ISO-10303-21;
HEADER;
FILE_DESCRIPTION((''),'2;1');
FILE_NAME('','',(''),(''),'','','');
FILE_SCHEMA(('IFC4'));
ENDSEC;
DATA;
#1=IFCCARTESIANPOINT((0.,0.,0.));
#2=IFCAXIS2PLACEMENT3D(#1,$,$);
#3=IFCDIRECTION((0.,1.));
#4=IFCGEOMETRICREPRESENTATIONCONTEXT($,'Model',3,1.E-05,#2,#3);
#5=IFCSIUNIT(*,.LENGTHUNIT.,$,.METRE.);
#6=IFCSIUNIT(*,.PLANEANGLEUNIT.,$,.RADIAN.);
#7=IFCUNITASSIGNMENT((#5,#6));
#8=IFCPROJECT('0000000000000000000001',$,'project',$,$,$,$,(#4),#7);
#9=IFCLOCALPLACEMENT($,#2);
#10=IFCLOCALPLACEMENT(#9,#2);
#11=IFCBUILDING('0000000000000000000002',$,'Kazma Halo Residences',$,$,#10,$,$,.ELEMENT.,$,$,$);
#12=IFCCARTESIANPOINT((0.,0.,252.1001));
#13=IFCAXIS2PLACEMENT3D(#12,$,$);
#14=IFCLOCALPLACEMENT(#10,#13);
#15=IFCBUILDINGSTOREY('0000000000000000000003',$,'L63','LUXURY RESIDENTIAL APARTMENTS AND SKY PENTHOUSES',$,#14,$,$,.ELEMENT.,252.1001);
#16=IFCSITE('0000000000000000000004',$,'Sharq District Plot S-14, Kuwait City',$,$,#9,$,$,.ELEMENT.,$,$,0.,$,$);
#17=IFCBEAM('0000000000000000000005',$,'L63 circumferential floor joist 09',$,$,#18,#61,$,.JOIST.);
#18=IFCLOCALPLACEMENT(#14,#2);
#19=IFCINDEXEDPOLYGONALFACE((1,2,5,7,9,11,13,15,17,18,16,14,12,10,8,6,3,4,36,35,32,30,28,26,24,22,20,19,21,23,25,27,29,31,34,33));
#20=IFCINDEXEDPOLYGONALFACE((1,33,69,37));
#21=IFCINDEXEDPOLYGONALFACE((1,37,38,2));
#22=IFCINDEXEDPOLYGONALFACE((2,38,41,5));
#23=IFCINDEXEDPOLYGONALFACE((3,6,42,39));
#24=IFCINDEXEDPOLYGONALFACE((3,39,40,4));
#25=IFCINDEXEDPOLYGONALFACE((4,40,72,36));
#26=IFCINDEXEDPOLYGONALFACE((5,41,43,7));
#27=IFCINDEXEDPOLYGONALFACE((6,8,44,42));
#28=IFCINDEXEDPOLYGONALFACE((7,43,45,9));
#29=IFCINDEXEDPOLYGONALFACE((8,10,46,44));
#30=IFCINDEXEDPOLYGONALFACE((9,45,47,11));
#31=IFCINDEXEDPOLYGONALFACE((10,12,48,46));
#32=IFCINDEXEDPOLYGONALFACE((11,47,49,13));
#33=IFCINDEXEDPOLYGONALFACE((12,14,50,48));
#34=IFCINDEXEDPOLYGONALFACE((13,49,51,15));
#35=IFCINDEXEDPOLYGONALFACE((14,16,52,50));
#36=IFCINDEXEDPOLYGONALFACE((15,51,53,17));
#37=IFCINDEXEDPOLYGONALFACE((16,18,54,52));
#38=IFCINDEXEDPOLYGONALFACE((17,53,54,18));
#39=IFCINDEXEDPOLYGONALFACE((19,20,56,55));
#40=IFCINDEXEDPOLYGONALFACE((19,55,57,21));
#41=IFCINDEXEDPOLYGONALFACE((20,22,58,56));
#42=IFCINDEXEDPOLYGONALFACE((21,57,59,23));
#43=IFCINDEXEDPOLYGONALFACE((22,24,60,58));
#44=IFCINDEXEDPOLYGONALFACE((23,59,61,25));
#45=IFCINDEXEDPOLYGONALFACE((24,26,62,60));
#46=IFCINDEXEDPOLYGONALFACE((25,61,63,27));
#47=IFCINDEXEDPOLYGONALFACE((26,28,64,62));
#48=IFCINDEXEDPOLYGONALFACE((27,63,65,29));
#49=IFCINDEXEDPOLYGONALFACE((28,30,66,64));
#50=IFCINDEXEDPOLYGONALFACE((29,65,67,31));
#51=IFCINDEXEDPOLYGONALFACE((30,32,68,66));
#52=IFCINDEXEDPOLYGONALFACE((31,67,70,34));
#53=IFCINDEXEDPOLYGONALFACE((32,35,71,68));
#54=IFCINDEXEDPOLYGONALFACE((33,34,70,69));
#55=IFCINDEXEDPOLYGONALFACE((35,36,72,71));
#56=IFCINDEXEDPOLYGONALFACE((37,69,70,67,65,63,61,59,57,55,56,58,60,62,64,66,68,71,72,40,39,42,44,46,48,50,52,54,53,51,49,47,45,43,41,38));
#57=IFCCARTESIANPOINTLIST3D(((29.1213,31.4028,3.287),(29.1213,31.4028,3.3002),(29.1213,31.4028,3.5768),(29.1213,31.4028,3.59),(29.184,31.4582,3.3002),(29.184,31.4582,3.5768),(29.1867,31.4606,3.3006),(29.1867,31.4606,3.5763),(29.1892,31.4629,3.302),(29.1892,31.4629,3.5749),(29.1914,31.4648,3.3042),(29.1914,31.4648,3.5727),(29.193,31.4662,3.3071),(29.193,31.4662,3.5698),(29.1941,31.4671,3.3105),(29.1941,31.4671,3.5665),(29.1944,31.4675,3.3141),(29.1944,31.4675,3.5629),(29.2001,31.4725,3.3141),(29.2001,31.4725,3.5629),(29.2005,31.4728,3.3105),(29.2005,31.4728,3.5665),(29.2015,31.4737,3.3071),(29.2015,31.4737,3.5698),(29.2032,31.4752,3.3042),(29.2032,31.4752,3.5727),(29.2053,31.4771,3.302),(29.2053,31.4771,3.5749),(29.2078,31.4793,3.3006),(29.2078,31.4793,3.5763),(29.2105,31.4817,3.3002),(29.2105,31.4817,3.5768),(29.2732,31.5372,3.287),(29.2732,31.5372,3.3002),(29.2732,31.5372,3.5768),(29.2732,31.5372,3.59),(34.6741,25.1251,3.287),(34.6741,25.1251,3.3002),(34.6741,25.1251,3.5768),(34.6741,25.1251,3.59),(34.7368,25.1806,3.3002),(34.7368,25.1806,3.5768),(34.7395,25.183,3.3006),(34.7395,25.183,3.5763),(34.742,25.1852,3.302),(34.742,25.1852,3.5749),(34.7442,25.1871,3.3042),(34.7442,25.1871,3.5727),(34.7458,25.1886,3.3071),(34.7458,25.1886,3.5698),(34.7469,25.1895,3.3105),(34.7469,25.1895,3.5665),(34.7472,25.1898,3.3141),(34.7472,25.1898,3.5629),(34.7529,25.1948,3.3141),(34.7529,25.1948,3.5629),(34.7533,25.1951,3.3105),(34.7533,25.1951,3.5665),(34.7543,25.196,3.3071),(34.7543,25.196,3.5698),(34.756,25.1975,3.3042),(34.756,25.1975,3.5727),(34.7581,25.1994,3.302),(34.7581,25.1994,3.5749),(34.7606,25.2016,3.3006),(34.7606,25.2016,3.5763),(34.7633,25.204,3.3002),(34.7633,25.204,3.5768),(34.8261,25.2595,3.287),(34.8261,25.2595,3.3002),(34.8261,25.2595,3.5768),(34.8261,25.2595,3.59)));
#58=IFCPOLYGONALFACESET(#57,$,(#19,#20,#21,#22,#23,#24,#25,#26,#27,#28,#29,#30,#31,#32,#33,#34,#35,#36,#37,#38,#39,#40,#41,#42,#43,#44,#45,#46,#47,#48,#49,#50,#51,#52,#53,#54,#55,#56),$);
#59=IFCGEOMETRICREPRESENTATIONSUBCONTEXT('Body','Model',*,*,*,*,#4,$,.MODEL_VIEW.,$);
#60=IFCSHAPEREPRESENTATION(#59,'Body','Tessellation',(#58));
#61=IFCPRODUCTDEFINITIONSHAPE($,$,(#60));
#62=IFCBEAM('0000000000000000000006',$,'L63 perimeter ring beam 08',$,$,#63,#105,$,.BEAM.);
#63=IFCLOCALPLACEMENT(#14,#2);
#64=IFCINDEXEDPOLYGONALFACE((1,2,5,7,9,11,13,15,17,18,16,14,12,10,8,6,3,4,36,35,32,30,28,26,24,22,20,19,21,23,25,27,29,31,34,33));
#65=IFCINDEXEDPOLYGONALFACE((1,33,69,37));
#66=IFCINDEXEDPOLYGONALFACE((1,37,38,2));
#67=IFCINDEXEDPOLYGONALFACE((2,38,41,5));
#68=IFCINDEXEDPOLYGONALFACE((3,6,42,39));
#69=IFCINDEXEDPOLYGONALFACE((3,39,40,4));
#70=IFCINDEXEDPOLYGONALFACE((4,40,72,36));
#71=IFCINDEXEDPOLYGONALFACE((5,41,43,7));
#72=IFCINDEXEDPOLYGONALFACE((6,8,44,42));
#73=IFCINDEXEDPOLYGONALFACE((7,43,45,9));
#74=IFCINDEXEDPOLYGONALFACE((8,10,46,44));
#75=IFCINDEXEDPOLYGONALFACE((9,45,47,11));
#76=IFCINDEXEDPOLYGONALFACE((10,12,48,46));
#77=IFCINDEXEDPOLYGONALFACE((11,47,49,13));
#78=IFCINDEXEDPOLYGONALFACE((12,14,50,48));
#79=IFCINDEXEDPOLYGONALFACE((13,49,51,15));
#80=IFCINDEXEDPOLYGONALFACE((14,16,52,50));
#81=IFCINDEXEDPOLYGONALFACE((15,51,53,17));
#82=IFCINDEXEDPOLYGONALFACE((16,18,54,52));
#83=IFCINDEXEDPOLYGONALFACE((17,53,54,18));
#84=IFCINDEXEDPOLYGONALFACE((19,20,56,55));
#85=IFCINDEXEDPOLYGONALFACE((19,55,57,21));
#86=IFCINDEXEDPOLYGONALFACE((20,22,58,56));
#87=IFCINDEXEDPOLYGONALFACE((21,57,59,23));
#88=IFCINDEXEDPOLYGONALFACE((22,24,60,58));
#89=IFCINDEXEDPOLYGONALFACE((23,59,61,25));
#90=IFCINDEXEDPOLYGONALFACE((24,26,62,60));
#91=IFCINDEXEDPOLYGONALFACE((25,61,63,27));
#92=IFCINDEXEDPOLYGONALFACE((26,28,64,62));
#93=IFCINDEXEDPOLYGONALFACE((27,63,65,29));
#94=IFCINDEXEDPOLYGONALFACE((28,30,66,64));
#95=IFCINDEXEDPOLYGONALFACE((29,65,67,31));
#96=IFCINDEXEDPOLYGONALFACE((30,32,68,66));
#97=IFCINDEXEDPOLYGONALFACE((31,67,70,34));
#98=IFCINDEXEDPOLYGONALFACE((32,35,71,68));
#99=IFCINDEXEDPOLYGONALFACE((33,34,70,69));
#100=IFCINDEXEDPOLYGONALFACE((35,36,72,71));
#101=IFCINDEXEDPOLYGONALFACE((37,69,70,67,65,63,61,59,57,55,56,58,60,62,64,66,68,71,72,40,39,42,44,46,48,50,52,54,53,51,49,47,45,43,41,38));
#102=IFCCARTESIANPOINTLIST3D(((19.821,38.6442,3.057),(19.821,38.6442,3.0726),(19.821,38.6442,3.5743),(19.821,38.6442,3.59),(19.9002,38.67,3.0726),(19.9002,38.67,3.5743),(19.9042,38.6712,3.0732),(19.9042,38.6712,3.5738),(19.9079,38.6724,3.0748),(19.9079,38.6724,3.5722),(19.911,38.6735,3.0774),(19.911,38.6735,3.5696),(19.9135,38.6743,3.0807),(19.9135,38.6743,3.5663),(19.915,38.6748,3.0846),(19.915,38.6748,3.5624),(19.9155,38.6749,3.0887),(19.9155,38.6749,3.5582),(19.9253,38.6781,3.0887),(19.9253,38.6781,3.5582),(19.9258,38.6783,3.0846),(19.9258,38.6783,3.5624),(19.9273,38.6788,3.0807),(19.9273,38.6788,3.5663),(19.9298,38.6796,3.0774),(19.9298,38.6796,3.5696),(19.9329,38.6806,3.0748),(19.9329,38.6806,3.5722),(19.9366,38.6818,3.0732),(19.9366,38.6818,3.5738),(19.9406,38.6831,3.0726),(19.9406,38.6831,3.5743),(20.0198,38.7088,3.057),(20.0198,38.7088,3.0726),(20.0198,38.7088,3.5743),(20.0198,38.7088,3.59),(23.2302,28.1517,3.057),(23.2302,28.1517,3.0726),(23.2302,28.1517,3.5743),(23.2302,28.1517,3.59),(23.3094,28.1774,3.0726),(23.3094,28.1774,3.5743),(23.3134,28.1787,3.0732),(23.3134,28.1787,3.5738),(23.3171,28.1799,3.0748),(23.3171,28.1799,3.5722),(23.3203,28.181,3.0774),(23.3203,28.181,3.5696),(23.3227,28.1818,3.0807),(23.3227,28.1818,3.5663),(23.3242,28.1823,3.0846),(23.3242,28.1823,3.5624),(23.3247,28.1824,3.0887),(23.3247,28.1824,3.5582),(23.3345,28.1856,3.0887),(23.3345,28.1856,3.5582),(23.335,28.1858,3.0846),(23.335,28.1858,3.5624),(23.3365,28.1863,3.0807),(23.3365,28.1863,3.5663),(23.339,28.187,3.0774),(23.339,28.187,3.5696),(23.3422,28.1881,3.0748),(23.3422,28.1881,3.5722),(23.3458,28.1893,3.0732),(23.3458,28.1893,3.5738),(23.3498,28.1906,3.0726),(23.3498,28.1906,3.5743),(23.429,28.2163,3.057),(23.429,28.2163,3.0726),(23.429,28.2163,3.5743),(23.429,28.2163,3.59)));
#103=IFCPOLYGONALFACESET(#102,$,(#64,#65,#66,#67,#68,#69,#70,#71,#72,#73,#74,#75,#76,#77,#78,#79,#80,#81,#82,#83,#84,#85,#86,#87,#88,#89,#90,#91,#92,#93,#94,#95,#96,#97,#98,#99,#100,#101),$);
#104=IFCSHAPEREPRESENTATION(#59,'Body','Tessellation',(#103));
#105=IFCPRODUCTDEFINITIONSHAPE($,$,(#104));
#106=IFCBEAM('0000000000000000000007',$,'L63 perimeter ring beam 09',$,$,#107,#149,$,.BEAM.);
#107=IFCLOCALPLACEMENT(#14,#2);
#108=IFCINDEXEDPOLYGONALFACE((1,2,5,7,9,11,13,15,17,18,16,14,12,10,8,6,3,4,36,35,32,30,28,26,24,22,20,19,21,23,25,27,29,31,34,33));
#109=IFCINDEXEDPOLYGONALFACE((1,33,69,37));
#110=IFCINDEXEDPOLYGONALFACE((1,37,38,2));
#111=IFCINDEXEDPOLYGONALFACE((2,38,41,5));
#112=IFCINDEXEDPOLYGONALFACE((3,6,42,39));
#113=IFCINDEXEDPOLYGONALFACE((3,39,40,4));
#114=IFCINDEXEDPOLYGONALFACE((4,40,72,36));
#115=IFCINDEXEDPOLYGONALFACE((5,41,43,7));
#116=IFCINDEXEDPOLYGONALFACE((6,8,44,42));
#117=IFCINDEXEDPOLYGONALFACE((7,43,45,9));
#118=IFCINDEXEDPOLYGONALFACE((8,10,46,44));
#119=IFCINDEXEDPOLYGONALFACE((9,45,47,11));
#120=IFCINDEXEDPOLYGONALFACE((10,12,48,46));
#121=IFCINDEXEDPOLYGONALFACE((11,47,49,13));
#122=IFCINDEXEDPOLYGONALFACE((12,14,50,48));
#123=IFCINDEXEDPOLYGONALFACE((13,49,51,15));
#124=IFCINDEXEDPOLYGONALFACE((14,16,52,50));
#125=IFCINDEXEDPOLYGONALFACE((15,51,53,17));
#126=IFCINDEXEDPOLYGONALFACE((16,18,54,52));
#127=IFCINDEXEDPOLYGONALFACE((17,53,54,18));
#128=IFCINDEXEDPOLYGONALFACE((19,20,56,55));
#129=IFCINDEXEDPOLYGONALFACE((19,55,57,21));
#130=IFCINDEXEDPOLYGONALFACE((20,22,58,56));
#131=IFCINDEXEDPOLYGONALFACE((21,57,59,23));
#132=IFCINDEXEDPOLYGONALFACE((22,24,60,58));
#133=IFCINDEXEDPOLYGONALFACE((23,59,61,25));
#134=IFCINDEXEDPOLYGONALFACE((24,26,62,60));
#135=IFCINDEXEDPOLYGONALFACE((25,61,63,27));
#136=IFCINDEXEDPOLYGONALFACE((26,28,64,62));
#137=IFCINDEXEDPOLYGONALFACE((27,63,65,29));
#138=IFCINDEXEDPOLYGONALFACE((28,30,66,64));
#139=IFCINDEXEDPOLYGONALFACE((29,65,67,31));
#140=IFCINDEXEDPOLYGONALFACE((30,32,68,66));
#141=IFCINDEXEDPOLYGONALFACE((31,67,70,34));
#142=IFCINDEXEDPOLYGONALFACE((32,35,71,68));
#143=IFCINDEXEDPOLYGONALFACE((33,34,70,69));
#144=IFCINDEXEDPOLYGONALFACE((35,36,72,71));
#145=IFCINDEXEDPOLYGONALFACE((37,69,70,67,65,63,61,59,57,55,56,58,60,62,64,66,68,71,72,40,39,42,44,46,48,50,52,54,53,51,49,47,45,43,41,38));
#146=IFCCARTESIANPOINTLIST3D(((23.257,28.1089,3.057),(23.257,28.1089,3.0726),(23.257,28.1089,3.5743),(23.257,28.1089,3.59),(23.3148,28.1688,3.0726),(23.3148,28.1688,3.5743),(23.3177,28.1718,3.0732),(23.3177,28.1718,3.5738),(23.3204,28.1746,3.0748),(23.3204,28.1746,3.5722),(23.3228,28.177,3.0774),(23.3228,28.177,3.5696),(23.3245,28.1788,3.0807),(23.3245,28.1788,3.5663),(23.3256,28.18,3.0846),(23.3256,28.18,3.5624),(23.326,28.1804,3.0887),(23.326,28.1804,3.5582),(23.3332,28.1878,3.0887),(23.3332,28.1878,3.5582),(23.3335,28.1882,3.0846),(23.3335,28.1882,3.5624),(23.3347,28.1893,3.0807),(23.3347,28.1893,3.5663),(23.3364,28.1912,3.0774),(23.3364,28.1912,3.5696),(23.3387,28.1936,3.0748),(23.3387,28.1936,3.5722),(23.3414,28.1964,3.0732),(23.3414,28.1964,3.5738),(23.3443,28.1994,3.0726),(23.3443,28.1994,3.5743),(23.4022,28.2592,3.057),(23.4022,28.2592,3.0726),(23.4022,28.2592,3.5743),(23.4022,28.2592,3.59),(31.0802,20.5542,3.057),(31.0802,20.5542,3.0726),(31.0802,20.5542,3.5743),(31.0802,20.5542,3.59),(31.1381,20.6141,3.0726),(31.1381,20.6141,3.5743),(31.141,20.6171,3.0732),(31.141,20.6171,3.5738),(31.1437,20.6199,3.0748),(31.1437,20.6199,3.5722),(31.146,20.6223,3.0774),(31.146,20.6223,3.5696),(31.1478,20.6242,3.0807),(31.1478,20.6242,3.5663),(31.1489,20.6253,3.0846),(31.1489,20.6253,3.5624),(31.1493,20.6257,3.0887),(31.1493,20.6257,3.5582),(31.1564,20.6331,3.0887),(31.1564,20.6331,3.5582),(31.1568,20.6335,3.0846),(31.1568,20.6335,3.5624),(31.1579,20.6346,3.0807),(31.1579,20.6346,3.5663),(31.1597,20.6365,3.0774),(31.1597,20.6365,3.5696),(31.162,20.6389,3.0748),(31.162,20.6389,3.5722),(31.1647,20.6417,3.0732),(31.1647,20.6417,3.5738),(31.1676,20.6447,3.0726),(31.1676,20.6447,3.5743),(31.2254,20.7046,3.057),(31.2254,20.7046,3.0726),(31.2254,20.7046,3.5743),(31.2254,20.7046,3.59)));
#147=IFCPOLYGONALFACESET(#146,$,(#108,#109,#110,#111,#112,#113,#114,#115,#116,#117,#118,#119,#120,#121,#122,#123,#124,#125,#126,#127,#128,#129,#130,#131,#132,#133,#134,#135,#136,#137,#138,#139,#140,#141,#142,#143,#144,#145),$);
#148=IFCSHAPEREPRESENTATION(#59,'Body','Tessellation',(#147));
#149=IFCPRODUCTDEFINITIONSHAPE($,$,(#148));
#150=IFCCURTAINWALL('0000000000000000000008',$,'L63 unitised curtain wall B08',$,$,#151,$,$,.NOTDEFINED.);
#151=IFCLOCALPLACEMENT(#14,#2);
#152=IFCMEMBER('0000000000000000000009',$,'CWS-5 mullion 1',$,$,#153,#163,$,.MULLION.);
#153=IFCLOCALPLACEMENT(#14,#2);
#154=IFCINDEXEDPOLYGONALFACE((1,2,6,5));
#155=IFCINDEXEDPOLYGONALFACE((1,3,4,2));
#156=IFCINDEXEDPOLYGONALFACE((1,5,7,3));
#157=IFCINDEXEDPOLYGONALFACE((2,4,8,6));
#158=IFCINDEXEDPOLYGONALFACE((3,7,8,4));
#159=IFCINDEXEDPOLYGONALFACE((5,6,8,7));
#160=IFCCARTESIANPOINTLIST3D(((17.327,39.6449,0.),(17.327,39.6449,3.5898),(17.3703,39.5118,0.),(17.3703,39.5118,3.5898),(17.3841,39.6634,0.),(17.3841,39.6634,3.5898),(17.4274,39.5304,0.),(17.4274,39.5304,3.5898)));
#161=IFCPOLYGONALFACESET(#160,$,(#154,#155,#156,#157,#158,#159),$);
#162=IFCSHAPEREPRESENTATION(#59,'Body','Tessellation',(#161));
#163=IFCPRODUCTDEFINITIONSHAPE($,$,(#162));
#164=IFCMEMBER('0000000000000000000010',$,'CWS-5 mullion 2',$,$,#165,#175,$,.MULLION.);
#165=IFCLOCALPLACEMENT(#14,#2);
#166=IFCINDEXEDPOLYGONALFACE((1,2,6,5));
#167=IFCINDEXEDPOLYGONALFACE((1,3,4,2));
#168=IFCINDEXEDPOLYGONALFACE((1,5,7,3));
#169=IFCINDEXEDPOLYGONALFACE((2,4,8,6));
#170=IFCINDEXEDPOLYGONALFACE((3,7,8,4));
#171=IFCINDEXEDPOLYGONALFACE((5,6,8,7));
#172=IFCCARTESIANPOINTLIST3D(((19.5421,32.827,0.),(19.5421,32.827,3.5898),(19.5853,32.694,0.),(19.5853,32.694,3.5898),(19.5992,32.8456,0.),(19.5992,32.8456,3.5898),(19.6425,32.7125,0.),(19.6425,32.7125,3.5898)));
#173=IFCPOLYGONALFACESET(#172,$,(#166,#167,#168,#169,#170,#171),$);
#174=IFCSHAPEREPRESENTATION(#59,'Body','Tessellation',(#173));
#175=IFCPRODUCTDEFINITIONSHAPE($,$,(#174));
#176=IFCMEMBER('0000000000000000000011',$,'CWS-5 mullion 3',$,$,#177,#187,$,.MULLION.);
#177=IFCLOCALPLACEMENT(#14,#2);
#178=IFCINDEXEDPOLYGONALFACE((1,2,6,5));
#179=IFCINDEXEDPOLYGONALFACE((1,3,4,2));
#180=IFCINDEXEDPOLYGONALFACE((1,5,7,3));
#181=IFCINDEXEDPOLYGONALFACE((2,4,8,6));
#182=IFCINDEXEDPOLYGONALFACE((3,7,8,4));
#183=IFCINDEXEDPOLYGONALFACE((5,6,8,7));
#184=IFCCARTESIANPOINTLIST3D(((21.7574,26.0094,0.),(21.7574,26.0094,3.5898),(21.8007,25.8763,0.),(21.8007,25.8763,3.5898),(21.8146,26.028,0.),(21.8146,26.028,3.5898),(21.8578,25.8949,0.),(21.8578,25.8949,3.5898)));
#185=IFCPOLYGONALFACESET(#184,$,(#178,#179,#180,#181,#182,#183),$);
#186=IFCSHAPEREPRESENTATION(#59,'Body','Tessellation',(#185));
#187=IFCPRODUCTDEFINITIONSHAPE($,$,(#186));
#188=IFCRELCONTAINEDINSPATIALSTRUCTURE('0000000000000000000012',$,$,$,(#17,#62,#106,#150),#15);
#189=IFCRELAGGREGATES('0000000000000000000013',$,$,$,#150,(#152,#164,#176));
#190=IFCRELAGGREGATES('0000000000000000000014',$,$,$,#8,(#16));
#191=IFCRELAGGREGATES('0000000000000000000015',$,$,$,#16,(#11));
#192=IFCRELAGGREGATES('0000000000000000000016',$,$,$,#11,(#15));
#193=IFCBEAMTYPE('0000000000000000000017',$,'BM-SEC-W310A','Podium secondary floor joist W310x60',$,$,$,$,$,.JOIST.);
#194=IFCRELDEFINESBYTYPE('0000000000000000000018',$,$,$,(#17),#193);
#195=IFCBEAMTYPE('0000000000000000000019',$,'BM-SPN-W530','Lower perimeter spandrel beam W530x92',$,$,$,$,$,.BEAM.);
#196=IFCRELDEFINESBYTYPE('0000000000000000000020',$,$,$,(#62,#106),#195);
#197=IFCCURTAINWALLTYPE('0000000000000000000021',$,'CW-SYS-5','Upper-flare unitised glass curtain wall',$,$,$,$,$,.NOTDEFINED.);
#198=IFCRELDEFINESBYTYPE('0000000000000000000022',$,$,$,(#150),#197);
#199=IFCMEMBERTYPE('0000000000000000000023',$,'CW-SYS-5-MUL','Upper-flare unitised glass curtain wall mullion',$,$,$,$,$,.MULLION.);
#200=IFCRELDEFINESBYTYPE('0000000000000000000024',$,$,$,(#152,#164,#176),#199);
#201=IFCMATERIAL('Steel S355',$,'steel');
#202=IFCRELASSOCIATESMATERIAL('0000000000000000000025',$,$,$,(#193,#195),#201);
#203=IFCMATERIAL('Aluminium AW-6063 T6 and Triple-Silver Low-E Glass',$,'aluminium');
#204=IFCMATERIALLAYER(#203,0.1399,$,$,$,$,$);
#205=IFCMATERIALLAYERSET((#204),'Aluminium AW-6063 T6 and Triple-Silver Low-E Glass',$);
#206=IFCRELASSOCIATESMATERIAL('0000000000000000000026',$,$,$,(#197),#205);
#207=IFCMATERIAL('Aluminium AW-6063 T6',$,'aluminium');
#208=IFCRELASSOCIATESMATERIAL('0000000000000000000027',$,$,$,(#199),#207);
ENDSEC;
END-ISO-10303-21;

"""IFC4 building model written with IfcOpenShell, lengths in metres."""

from ifc_helpers import new_model, si_unit, direction, frame, origin, origin_2d, place, context, subcontext, project, spatial, rectangle, i_section, extrude, material, layer, layer_set, material_profile, profile_set, type_object, element, aggregate, save


model = new_model("IFC4")

# Units and contexts
model_context = context("Model", 3, precision=1e-05, world=origin(), true_north=direction((0.0, 1.0)))
body_context = subcontext(model_context, "Body", "Model", "MODEL_VIEW")
ifc_project = project(units=[si_unit("LENGTHUNIT", "METRE"), si_unit("PLANEANGLEUNIT", "RADIAN")], contexts=[model_context])

# Site, building, storey
site_placement = place(None, origin())
site = spatial("IfcSite", under=ifc_project, at=site_placement, Name="Sharq District Plot S-14, Kuwait City", CompositionType="ELEMENT", RefElevation=0.0)
building_placement = place(site_placement, origin())
building = spatial("IfcBuilding", under=site, at=building_placement, Name="Kazma Halo Residences", CompositionType="ELEMENT")
storey_placement = place(building_placement, frame((0.0, 0.0, 252.1001)))
storey = spatial("IfcBuildingStorey", under=building, at=storey_placement, Name="L63", Description="LUXURY RESIDENTIAL APARTMENTS AND SKY PENTHOUSES", CompositionType="ELEMENT", Elevation=252.1001)

# Beams
ifc_material_1 = material(Name="Steel S355", Category="steel")
ifc_material_profile_1 = material_profile(ifc_material_1, i_section(OverallWidth=0.2029, OverallDepth=0.303, WebThickness=0.0076, FlangeThickness=0.0132, FilletRadius=0.0139, at=origin_2d()), Name="W310x60")
ifc_profile_set_1 = profile_set([ifc_material_profile_1], Name="Steel S355")
beam_type_1 = type_object("IfcBeamType", Name="BM-SEC-W310A", Description="Podium secondary floor joist W310x60", PredefinedType="JOIST", material=ifc_profile_set_1)
beam_1_placement = place(storey_placement, frame((29.1973, 31.47, 3.4385), z_axis=(0.662539, -0.749027, 0.0), x_axis=(0.749027, 0.662539, 0.0)))
element("IfcBeam", 1, at=beam_1_placement, inside=storey, type_object=beam_type_1, Name="L63 circumferential floor joist 09", PredefinedType="JOIST", context=body_context, shape_type="SweptSolid", body=[
    extrude(i_section(OverallWidth=0.2029, OverallDepth=0.303, WebThickness=0.0076, FlangeThickness=0.0132, FilletRadius=0.0139, at=origin_2d()), origin(), (0.0, 0.0, 1.0), 8.3811),
])
ifc_material_profile_2 = material_profile(ifc_material_1, i_section(OverallWidth=0.209, OverallDepth=0.533, WebThickness=0.0103, FlangeThickness=0.0156, FilletRadius=0.0161, at=origin_2d()), Name="W530x92")
ifc_profile_set_2 = profile_set([ifc_material_profile_2], Name="Steel S355")
beam_type_2 = type_object("IfcBeamType", Name="BM-SPN-W530", Description="Lower perimeter spandrel beam W530x92", PredefinedType="BEAM", material=ifc_profile_set_2)
beam_2_placement = place(storey_placement, frame((19.9204, 38.6765, 3.3235), z_axis=(0.309016, -0.951057, 0.0), x_axis=(0.951057, 0.309016, 0.0)))
element("IfcBeam", 2, at=beam_2_placement, inside=storey, type_object=beam_type_2, Name="L63 perimeter ring beam 08", PredefinedType="BEAM", context=body_context, shape_type="SweptSolid", body=[
    extrude(i_section(OverallWidth=0.209, OverallDepth=0.533, WebThickness=0.0103, FlangeThickness=0.0156, FilletRadius=0.0161, at=origin_2d()), origin(), (0.0, 0.0, 1.0), 11.0325),
])
beam_3_placement = place(storey_placement, frame((23.3296, 28.1841, 3.3235), z_axis=(0.719346, -0.694652, 0.0), x_axis=(0.694652, 0.719346, 0.0)))
element("IfcBeam", 3, at=beam_3_placement, inside=storey, type_object=beam_type_2, Name="L63 perimeter ring beam 09", PredefinedType="BEAM", context=body_context, shape_type="SweptSolid", body=[
    extrude(i_section(OverallWidth=0.209, OverallDepth=0.533, WebThickness=0.0103, FlangeThickness=0.0156, FilletRadius=0.0161, at=origin_2d()), origin(), (0.0, 0.0, 1.0), 10.8755),
])

# Curtain wall, members
ifc_material_2 = material(Name="Aluminium AW-6063 T6 and Triple-Silver Low-E Glass", Category="aluminium")
ifc_layer_1 = layer(ifc_material_2, 0.1399)
ifc_layer_set_1 = layer_set([ifc_layer_1], Name="Aluminium AW-6063 T6 and Triple-Silver Low-E Glass")
curtain_wall_type = type_object("IfcCurtainWallType", Name="CW-SYS-5", Description="Upper-flare unitised glass curtain wall", PredefinedType="NOTDEFINED", material=ifc_layer_set_1)
curtain_wall_placement = place(storey_placement, origin())
curtain_wall = element("IfcCurtainWall", 4, at=curtain_wall_placement, inside=storey, type_object=curtain_wall_type, Name="L63 unitised curtain wall B08", PredefinedType="NOTDEFINED")
ifc_material_3 = material(Name="Aluminium AW-6063 T6", Category="aluminium")
ifc_material_profile_3 = material_profile(ifc_material_3, rectangle(XDim=0.0601, YDim=0.1399, at=origin_2d()), Name="CWM-60x140")
ifc_profile_set_3 = profile_set([ifc_material_profile_3], Name="Aluminium AW-6063 T6")
member_type_1 = type_object("IfcMemberType", Name="CW-SYS-5-MUL", Description="Upper-flare unitised glass curtain wall mullion", PredefinedType="MULLION", material=ifc_profile_set_3)
member_1_placement = place(storey_placement, frame((17.3772, 39.5876, 0.0), z_axis=(0.0, 0.0, 1.0), x_axis=(0.951058, 0.309011, 0.0)))
member_1 = element("IfcMember", 5, at=member_1_placement, type_object=member_type_1, Name="CWS-5 mullion 1", PredefinedType="MULLION", context=body_context, shape_type="SweptSolid", body=[
    extrude(rectangle(XDim=0.0601, YDim=0.1399, at=origin_2d()), origin(), (0.0, 0.0, 1.0), 3.5898),
])
member_2_placement = place(storey_placement, frame((19.5923, 32.7698, 0.0), z_axis=(0.0, 0.0, 1.0), x_axis=(0.951058, 0.309011, 0.0)))
member_2 = element("IfcMember", 6, at=member_2_placement, type_object=member_type_1, Name="CWS-5 mullion 2", PredefinedType="MULLION", context=body_context, shape_type="SweptSolid", body=[
    extrude(rectangle(XDim=0.0601, YDim=0.1399, at=origin_2d()), origin(), (0.0, 0.0, 1.0), 3.5898),
])
member_3_placement = place(storey_placement, frame((21.8076, 25.9521, 0.0), z_axis=(0.0, 0.0, 1.0), x_axis=(0.951058, 0.309011, 0.0)))
member_3 = element("IfcMember", 7, at=member_3_placement, type_object=member_type_1, Name="CWS-5 mullion 3", PredefinedType="MULLION", context=body_context, shape_type="SweptSolid", body=[
    extrude(rectangle(XDim=0.0601, YDim=0.1399, at=origin_2d()), origin(), (0.0, 0.0, 1.0), 3.5898),
])
aggregate(curtain_wall, [member_1, member_2, member_3])

save(model, "model.ifc")
